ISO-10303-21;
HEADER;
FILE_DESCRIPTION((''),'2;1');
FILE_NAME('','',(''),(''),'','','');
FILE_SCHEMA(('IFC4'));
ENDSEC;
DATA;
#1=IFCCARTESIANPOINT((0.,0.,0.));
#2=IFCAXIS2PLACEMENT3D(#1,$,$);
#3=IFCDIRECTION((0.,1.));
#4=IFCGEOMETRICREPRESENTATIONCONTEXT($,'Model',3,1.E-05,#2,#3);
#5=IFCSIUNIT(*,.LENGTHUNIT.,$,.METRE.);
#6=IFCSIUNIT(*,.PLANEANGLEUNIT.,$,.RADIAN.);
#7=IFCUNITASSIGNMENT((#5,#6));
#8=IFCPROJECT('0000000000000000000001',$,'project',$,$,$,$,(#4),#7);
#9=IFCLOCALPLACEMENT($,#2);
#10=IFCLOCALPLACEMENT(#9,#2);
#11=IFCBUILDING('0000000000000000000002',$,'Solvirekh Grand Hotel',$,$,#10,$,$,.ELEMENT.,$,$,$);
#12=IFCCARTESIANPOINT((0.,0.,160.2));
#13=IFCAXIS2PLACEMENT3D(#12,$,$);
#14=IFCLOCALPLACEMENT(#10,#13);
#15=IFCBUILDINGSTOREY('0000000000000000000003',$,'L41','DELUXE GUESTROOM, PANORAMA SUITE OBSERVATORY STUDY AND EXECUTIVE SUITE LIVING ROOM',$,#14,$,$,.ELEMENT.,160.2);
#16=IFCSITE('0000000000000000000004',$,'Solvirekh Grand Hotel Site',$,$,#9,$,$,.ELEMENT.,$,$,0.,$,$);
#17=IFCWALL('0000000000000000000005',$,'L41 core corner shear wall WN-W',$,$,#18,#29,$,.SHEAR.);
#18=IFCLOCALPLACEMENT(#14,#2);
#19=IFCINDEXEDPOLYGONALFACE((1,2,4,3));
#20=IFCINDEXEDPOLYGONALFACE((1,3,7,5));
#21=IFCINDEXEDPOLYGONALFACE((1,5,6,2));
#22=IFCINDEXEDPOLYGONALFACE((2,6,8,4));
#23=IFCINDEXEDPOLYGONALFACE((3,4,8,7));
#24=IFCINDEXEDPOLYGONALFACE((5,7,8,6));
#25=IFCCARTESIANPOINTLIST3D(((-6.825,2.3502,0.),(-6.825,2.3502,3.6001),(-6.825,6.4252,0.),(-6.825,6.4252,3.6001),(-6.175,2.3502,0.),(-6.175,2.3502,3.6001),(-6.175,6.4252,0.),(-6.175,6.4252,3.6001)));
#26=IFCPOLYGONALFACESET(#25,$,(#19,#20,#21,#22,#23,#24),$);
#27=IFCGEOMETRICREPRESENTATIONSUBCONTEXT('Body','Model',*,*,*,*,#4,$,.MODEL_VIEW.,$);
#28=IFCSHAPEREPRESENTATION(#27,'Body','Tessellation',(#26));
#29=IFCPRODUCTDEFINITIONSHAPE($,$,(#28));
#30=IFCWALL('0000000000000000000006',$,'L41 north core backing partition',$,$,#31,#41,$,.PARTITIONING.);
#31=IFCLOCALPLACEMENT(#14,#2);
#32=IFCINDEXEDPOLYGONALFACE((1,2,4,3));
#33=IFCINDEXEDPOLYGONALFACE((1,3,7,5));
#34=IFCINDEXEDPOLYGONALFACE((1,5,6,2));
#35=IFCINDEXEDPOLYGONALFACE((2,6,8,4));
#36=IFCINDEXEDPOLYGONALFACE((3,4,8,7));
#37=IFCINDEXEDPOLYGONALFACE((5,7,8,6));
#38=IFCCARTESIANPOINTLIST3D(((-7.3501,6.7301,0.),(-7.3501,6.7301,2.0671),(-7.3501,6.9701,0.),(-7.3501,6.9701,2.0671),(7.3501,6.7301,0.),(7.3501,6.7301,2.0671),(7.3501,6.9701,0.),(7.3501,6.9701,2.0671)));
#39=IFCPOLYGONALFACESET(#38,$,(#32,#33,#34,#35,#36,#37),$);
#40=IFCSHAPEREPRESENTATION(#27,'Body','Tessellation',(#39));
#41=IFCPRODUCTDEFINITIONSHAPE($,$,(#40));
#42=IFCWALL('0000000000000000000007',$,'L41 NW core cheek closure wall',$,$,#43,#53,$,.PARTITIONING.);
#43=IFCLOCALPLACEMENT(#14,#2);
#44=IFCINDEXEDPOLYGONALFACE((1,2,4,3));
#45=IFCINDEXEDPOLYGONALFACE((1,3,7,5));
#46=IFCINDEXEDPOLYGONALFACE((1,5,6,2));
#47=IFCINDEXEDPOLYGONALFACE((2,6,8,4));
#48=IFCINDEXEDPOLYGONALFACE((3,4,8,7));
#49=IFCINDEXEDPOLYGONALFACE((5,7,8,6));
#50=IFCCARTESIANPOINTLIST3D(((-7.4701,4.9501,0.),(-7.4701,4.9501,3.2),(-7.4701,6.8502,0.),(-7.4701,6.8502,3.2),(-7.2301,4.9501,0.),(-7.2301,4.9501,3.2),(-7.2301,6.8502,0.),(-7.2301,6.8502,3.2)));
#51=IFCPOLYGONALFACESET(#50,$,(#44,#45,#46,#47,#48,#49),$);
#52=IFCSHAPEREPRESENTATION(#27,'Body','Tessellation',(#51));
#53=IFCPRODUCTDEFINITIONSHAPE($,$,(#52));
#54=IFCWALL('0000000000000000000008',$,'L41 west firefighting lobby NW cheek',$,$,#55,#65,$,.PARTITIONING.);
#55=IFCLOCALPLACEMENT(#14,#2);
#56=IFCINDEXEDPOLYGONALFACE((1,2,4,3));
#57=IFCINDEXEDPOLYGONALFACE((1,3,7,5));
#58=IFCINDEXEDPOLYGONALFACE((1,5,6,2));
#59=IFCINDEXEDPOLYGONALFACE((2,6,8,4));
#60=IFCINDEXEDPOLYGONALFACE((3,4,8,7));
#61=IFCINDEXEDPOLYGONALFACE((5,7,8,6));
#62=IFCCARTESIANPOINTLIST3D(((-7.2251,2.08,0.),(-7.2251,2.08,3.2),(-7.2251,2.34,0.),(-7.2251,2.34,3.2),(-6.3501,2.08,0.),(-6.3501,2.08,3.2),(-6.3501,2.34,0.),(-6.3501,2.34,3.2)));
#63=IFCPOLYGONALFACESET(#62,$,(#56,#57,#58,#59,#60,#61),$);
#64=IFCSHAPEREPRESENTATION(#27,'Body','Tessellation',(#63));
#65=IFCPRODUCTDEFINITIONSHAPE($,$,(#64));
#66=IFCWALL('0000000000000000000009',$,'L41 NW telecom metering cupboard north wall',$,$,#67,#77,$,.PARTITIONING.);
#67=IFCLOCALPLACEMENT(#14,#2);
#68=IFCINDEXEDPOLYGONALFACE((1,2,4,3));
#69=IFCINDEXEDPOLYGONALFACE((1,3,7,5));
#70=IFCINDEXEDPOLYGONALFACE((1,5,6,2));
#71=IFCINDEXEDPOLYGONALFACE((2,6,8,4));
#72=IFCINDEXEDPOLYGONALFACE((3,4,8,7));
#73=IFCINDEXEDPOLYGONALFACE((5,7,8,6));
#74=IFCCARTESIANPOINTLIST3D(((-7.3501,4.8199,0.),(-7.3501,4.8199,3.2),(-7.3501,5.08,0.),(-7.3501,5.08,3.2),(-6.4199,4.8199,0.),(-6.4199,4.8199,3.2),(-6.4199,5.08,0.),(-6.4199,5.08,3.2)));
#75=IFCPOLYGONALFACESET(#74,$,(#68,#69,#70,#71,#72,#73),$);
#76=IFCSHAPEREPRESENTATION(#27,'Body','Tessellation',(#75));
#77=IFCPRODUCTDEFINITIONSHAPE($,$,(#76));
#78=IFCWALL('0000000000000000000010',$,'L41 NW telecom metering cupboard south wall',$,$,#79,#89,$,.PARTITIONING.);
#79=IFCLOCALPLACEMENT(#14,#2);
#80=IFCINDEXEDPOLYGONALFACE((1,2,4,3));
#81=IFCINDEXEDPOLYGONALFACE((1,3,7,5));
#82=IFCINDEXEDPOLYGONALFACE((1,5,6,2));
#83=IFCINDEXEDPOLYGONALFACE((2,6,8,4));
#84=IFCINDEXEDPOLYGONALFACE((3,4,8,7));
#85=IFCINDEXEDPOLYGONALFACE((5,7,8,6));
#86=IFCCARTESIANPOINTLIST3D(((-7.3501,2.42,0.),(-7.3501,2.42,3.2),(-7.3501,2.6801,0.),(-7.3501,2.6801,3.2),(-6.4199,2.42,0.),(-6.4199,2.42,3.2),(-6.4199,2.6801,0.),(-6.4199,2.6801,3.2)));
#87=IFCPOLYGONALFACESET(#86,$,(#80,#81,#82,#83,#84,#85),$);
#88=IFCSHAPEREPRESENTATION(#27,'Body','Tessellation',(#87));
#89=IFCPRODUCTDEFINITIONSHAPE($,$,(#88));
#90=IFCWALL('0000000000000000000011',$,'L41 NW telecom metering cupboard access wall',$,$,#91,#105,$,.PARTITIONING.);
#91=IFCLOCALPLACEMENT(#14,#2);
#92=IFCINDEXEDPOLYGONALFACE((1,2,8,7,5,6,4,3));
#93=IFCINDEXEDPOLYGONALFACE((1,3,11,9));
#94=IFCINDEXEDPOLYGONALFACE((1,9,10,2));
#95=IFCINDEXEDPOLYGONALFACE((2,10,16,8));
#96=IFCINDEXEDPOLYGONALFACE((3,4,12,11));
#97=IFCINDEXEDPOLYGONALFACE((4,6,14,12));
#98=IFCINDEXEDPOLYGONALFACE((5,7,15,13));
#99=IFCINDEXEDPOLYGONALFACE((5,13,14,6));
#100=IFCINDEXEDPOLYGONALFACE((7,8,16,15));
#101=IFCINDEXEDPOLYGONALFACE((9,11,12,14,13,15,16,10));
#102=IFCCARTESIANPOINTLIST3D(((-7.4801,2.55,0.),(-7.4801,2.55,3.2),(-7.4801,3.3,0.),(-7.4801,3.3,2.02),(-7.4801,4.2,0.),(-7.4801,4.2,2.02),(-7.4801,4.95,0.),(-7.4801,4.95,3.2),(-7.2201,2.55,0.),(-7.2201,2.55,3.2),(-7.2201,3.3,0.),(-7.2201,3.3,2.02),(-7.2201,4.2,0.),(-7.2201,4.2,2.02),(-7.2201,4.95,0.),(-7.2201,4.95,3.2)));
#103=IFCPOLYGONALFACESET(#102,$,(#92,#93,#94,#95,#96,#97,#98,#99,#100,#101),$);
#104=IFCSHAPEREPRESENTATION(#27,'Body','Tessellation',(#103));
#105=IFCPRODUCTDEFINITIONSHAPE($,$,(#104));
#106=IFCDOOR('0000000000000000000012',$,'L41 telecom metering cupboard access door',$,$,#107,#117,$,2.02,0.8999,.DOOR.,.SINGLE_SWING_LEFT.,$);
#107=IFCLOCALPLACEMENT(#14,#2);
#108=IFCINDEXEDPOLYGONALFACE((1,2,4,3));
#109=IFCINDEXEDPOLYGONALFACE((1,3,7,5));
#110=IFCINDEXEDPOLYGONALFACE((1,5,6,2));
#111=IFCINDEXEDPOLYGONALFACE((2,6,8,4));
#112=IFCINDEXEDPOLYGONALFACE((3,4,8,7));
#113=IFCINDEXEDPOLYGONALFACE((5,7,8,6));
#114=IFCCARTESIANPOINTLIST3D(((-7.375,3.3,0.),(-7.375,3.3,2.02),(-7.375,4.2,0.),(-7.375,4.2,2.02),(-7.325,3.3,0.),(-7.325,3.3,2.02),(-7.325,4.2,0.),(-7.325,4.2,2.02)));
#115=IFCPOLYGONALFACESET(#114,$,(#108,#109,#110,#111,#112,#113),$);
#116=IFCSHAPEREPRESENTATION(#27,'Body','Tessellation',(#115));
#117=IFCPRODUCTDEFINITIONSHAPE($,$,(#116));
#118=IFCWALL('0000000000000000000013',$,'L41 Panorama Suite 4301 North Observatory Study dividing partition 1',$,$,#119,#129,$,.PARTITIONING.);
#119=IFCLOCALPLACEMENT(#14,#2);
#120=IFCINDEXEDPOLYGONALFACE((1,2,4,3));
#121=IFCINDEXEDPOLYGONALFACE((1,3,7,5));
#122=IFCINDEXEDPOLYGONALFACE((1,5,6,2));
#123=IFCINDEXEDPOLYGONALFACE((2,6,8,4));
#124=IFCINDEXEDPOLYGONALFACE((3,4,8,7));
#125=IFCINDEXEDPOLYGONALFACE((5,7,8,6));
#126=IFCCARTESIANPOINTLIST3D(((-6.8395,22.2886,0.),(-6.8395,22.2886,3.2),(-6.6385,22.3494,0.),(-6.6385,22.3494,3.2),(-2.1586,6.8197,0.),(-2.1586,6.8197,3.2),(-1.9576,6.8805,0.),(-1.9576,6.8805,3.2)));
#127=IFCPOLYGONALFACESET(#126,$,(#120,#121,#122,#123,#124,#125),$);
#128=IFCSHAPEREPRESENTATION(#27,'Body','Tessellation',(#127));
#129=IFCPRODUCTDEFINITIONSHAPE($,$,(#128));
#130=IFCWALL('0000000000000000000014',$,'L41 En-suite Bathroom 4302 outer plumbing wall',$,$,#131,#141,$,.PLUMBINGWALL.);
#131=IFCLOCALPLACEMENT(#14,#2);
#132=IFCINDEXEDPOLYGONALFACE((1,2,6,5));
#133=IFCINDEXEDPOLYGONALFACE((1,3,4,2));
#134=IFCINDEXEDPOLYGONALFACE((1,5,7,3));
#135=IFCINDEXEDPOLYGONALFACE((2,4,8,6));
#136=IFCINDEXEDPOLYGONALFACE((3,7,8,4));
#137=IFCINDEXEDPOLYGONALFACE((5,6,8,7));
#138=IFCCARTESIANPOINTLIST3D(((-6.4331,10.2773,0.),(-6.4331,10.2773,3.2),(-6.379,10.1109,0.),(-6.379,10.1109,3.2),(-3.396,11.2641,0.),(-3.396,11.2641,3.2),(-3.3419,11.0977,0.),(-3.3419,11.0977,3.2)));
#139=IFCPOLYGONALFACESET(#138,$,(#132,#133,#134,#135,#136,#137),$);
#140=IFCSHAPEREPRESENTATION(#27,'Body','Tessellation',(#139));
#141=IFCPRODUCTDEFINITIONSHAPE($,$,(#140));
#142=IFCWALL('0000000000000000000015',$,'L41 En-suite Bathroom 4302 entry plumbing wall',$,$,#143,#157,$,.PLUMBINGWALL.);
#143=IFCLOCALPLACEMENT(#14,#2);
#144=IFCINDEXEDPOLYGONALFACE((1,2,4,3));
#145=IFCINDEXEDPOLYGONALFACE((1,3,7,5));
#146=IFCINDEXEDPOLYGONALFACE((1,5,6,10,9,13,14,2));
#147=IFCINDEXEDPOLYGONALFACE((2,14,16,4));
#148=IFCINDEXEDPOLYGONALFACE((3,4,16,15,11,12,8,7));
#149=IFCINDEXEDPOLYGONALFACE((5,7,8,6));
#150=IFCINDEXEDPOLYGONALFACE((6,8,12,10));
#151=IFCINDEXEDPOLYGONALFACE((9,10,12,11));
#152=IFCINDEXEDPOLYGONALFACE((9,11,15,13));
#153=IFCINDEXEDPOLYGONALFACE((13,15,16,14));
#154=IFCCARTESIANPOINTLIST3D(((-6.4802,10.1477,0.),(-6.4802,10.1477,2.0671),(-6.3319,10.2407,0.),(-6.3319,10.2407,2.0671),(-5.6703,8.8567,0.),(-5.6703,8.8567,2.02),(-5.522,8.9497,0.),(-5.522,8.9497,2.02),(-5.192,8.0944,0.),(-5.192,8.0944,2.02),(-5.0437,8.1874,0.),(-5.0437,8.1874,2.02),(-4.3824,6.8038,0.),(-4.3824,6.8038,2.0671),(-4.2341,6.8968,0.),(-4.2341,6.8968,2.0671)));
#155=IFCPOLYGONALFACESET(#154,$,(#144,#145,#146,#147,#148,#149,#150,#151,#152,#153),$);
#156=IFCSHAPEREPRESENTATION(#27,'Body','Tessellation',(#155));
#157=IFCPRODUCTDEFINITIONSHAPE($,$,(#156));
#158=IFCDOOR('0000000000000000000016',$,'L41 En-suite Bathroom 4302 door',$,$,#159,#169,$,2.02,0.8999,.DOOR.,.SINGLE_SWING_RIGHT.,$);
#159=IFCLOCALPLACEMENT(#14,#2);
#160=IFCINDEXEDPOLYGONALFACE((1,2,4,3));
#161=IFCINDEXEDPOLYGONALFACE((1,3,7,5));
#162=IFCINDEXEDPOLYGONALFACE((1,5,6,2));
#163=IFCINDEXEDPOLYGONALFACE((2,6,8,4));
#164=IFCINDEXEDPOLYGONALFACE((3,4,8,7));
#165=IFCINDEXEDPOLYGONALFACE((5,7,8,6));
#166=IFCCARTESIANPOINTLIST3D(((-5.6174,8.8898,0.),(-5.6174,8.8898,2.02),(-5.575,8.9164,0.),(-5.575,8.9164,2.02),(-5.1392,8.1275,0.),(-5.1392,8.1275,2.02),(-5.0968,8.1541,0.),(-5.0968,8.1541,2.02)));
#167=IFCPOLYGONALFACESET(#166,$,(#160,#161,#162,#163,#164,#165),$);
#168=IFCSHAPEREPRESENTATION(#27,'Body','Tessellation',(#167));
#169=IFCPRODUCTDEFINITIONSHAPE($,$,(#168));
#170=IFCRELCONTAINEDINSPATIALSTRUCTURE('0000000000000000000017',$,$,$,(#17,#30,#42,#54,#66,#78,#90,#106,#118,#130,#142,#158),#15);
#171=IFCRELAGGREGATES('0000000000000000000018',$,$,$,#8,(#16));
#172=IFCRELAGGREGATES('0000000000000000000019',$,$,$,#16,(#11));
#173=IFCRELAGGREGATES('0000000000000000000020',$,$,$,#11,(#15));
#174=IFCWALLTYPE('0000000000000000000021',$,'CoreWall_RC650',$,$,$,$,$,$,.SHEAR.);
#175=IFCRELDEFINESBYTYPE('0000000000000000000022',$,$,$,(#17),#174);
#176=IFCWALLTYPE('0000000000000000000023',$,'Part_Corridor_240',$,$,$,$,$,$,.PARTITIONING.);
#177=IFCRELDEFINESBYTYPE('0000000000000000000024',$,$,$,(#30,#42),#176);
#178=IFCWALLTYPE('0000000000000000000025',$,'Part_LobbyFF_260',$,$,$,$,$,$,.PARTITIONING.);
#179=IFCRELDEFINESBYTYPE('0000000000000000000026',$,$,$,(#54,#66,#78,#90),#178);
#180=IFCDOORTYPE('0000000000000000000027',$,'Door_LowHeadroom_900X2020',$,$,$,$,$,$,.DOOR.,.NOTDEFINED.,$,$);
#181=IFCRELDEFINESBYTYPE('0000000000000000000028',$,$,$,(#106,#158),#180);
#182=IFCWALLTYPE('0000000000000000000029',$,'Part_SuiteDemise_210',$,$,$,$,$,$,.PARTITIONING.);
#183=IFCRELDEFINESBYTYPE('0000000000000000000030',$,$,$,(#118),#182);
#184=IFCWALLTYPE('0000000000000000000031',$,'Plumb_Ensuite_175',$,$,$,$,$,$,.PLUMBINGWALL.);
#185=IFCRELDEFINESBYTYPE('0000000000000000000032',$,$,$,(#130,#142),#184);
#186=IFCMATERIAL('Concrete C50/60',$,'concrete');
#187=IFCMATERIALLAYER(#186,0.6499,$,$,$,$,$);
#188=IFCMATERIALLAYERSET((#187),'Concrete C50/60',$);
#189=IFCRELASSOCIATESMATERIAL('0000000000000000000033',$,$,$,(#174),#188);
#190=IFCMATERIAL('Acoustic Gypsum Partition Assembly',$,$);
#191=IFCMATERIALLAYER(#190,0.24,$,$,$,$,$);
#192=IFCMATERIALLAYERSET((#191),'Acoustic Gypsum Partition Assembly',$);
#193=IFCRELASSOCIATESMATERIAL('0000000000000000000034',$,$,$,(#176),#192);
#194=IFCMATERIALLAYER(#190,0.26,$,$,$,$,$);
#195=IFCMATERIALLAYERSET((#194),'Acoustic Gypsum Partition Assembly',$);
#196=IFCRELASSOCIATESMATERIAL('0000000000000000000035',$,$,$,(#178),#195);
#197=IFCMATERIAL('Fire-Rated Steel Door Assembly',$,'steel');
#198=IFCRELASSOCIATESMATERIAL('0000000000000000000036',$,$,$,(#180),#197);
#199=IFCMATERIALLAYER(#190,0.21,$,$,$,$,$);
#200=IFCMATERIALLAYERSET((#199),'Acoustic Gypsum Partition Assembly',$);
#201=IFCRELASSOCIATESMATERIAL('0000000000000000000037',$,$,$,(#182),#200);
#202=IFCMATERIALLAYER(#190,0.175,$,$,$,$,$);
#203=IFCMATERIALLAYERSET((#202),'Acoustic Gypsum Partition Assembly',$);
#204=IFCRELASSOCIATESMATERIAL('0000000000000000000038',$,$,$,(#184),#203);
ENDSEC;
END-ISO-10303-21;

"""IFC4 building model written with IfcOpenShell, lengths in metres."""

from ifc_helpers import new_model, si_unit, direction, frame, frame_2d, origin, place, context, subcontext, project, spatial, rectangle, extrude, material, layer, layer_set, type_object, element, fill, save


model = new_model("IFC4")

# Units and contexts
model_context = context("Model", 3, precision=1e-05, world=origin(), true_north=direction((0.0, 1.0)))
body_context = subcontext(model_context, "Body", "Model", "MODEL_VIEW")
ifc_project = project(units=[si_unit("LENGTHUNIT", "METRE"), si_unit("PLANEANGLEUNIT", "RADIAN")], contexts=[model_context])

# Site, building, storey
site_placement = place(None, origin())
site = spatial("IfcSite", under=ifc_project, at=site_placement, Name="Solvirekh Grand Hotel Site", CompositionType="ELEMENT", RefElevation=0.0)
building_placement = place(site_placement, origin())
building = spatial("IfcBuilding", under=site, at=building_placement, Name="Solvirekh Grand Hotel", CompositionType="ELEMENT")
storey_placement = place(building_placement, frame((0.0, 0.0, 160.2)))
storey = spatial("IfcBuildingStorey", under=building, at=storey_placement, Name="L41", Description="DELUXE GUESTROOM, PANORAMA SUITE OBSERVATORY STUDY AND EXECUTIVE SUITE LIVING ROOM", CompositionType="ELEMENT", Elevation=160.2)

# Shared definitions
ifc_material_1 = material(Name="Concrete C50/60", Category="concrete")

# Shared definitions
ifc_material_2 = material(Name="Fire-Rated Steel Door Assembly", Category="steel")

# Walls
ifc_layer_1 = layer(ifc_material_1, 0.6499)
ifc_layer_set_1 = layer_set([ifc_layer_1], Name="Concrete C50/60")
wall_type_1 = type_object("IfcWallType", Name="CoreWall_RC650", PredefinedType="SHEAR", material=ifc_layer_set_1)
wall_1_placement = place(storey_placement, frame((-6.5, 2.3501, 0.0), z_axis=(0.0, 0.0, 1.0), x_axis=(0.0, 1.0, 0.0)))
element("IfcWall", 1, at=wall_1_placement, inside=storey, type_object=wall_type_1, Name="L41 core corner shear wall WN-W", PredefinedType="SHEAR", context=body_context, shape_type="SweptSolid", body=[
    extrude(rectangle(XDim=4.075, YDim=0.6499, at=frame_2d((2.0376, 0.0))), origin(), (0.0, 0.0, 1.0), 3.6001),
])
ifc_material_3 = material(Name="Acoustic Gypsum Partition Assembly")
ifc_layer_2 = layer(ifc_material_3, 0.24)
ifc_layer_set_2 = layer_set([ifc_layer_2], Name="Acoustic Gypsum Partition Assembly")
wall_type_2 = type_object("IfcWallType", Name="Part_Corridor_240", PredefinedType="PARTITIONING", material=ifc_layer_set_2)
wall_2_placement = place(storey_placement, frame((-7.3501, 6.8501, 0.0), z_axis=(0.0, 0.0, 1.0), x_axis=(1.0, 0.0, 0.0)))
element("IfcWall", 2, at=wall_2_placement, inside=storey, type_object=wall_type_2, Name="L41 north core backing partition", PredefinedType="PARTITIONING", context=body_context, shape_type="SweptSolid", body=[
    extrude(rectangle(XDim=14.7002, YDim=0.24, at=frame_2d((7.3501, 0.0))), origin(), (0.0, 0.0, 1.0), 2.0671),
])
wall_3_placement = place(storey_placement, frame((-7.3501, 4.95, 0.0), z_axis=(0.0, 0.0, 1.0), x_axis=(0.0, 1.0, 0.0)))
element("IfcWall", 3, at=wall_3_placement, inside=storey, type_object=wall_type_2, Name="L41 NW core cheek closure wall", PredefinedType="PARTITIONING", context=body_context, shape_type="SweptSolid", body=[
    extrude(rectangle(XDim=1.9001, YDim=0.24, at=frame_2d((0.9502, 0.0))), origin(), (0.0, 0.0, 1.0), 3.2),
])
ifc_layer_3 = layer(ifc_material_3, 0.26)
ifc_layer_set_3 = layer_set([ifc_layer_3], Name="Acoustic Gypsum Partition Assembly")
wall_type_3 = type_object("IfcWallType", Name="Part_LobbyFF_260", PredefinedType="PARTITIONING", material=ifc_layer_set_3)
wall_4_placement = place(storey_placement, frame((-7.2251, 2.21, 0.0), z_axis=(0.0, 0.0, 1.0), x_axis=(1.0, 0.0, 0.0)))
element("IfcWall", 4, at=wall_4_placement, inside=storey, type_object=wall_type_3, Name="L41 west firefighting lobby NW cheek", PredefinedType="PARTITIONING", context=body_context, shape_type="SweptSolid", body=[
    extrude(rectangle(XDim=0.875, YDim=0.26, at=frame_2d((0.4375, 0.0))), origin(), (0.0, 0.0, 1.0), 3.2),
])
for number, where, z_axis, x_axis, name in (
    (5, (-7.3501, 4.95, 0.0), (0.0, 0.0, 1.0), (1.0, 0.0, 0.0), "L41 NW telecom metering cupboard north wall"),
    (6, (-7.3501, 2.55, 0.0), (0.0, 0.0, 1.0), (1.0, 0.0, 0.0), "L41 NW telecom metering cupboard south wall"),
):
    element("IfcWall", number, at=place(storey_placement, frame(where, z_axis=z_axis, x_axis=x_axis)), inside=storey, type_object=wall_type_3, Name=name, PredefinedType="PARTITIONING", context=body_context, shape_type="SweptSolid", body=[
        extrude(rectangle(XDim=0.9302, YDim=0.26, at=frame_2d((0.4651, 0.0))), origin(), (0.0, 0.0, 1.0), 3.2),
    ])

# Wall, opening, door
wall_5_placement = place(storey_placement, frame((-7.3501, 2.55, 0.0), z_axis=(0.0, 0.0, 1.0), x_axis=(0.0, 1.0, 0.0)))
wall_5 = element("IfcWall", 7, at=wall_5_placement, inside=storey, type_object=wall_type_3, Name="L41 NW telecom metering cupboard access wall", PredefinedType="PARTITIONING", context=body_context, shape_type="SweptSolid", body=[
    extrude(rectangle(XDim=2.3999, YDim=0.26, at=frame_2d((1.2, 0.0))), origin(), (0.0, 0.0, 1.0), 3.2),
])
opening_1_placement = place(wall_5_placement, frame((0.75, 0.0, 0.0)))
opening_1 = element("IfcOpeningElement", 8, at=opening_1_placement, cuts=wall_5, PredefinedType="OPENING", context=body_context, shape_type="SweptSolid", body=[
    extrude(rectangle(XDim=0.8999, YDim=2.02, at=frame_2d((0.45, 1.01))), frame((0.0, 0.1401, 0.0), z_axis=(0.0, -1.0, 0.0), x_axis=(1.0, 0.0, 0.0)), (0.0, 0.0, 1.0), 0.28),
])
door_type_1 = type_object("IfcDoorType", Name="Door_LowHeadroom_900X2020", OperationType="NOTDEFINED", PredefinedType="DOOR", material=ifc_material_2)
door_1_placement = place(opening_1_placement, origin())
door_1 = element("IfcDoor", 9, at=door_1_placement, inside=storey, type_object=door_type_1, Name="L41 telecom metering cupboard access door", OperationType="SINGLE_SWING_LEFT", OverallHeight=2.02, OverallWidth=0.8999, PredefinedType="DOOR", context=body_context, shape_type="SweptSolid", body=[
    extrude(rectangle(XDim=0.8999, YDim=2.02, at=frame_2d((0.45, 1.01))), frame((0.0, 0.0249, 0.0), z_axis=(0.0, -1.0, 0.0), x_axis=(1.0, 0.0, 0.0)), (0.0, 0.0, 1.0), 0.05),
])
fill(opening_1, door_1)

# Walls
ifc_layer_4 = layer(ifc_material_3, 0.21)
ifc_layer_set_4 = layer_set([ifc_layer_4], Name="Acoustic Gypsum Partition Assembly")
wall_type_4 = type_object("IfcWallType", Name="Part_SuiteDemise_210", PredefinedType="PARTITIONING", material=ifc_layer_set_4)
wall_6_placement = place(storey_placement, frame((-2.0581, 6.8501, 0.0), z_axis=(0.0, 0.0, 1.0), x_axis=(-0.28963, 0.957139, 0.0)))
element("IfcWall", 10, at=wall_6_placement, inside=storey, type_object=wall_type_4, Name="L41 Panorama Suite 4301 North Observatory Study dividing partition 1", PredefinedType="PARTITIONING", context=body_context, shape_type="SweptSolid", body=[
    extrude(rectangle(XDim=16.1616, YDim=0.21, at=frame_2d((8.0808, 0.0))), origin(), (0.0, 0.0, 1.0), 3.2),
])
ifc_layer_5 = layer(ifc_material_3, 0.175)
ifc_layer_set_5 = layer_set([ifc_layer_5], Name="Acoustic Gypsum Partition Assembly")
wall_type_5 = type_object("IfcWallType", Name="Plumb_Ensuite_175", PredefinedType="PLUMBINGWALL", material=ifc_layer_set_5)
wall_7_placement = place(storey_placement, frame((-6.406, 10.1941, 0.0), z_axis=(0.0, 0.0, 1.0), x_axis=(0.951057, 0.309017, 0.0)))
element("IfcWall", 11, at=wall_7_placement, inside=storey, type_object=wall_type_5, Name="L41 En-suite Bathroom 4302 outer plumbing wall", PredefinedType="PLUMBINGWALL", context=body_context, shape_type="SweptSolid", body=[
    extrude(rectangle(XDim=3.1934, YDim=0.175, at=frame_2d((1.5967, 0.0))), origin(), (0.0, 0.0, 1.0), 3.2),
])

# Wall, opening, door
wall_8_placement = place(storey_placement, frame((-6.406, 10.1941, 0.0), z_axis=(0.0, 0.0, 1.0), x_axis=(0.531438, -0.847097, 0.0)))
wall_8 = element("IfcWall", 12, at=wall_8_placement, inside=storey, type_object=wall_type_5, Name="L41 En-suite Bathroom 4302 entry plumbing wall", PredefinedType="PLUMBINGWALL", context=body_context, shape_type="SweptSolid", body=[
    extrude(rectangle(XDim=3.9475, YDim=0.175, at=frame_2d((1.9736, 0.0))), origin(), (0.0, 0.0, 1.0), 2.0671),
])
opening_2_placement = place(wall_8_placement, frame((1.5239, 0.0, 0.0)))
opening_2 = element("IfcOpeningElement", 13, at=opening_2_placement, cuts=wall_8, PredefinedType="OPENING", context=body_context, shape_type="SweptSolid", body=[
    extrude(rectangle(XDim=0.8999, YDim=2.02, at=frame_2d((0.45, 1.01))), frame((0.0, 0.0977, 0.0), z_axis=(0.0, -1.0, 0.0), x_axis=(1.0, 0.0, 0.0)), (0.0, 0.0, 1.0), 0.1951),
])
door_2_placement = place(opening_2_placement, origin())
door_2 = element("IfcDoor", 14, at=door_2_placement, inside=storey, type_object=door_type_1, Name="L41 En-suite Bathroom 4302 door", OperationType="SINGLE_SWING_RIGHT", OverallHeight=2.02, OverallWidth=0.8999, PredefinedType="DOOR", context=body_context, shape_type="SweptSolid", body=[
    extrude(rectangle(XDim=0.8999, YDim=2.02, at=frame_2d((0.45, 1.01))), frame((0.0, 0.0249, 0.0), z_axis=(0.0, -1.0, 0.0), x_axis=(1.0, 0.0, 0.0)), (0.0, 0.0, 1.0), 0.05),
])
fill(opening_2, door_2)

save(model, "model.ifc")
